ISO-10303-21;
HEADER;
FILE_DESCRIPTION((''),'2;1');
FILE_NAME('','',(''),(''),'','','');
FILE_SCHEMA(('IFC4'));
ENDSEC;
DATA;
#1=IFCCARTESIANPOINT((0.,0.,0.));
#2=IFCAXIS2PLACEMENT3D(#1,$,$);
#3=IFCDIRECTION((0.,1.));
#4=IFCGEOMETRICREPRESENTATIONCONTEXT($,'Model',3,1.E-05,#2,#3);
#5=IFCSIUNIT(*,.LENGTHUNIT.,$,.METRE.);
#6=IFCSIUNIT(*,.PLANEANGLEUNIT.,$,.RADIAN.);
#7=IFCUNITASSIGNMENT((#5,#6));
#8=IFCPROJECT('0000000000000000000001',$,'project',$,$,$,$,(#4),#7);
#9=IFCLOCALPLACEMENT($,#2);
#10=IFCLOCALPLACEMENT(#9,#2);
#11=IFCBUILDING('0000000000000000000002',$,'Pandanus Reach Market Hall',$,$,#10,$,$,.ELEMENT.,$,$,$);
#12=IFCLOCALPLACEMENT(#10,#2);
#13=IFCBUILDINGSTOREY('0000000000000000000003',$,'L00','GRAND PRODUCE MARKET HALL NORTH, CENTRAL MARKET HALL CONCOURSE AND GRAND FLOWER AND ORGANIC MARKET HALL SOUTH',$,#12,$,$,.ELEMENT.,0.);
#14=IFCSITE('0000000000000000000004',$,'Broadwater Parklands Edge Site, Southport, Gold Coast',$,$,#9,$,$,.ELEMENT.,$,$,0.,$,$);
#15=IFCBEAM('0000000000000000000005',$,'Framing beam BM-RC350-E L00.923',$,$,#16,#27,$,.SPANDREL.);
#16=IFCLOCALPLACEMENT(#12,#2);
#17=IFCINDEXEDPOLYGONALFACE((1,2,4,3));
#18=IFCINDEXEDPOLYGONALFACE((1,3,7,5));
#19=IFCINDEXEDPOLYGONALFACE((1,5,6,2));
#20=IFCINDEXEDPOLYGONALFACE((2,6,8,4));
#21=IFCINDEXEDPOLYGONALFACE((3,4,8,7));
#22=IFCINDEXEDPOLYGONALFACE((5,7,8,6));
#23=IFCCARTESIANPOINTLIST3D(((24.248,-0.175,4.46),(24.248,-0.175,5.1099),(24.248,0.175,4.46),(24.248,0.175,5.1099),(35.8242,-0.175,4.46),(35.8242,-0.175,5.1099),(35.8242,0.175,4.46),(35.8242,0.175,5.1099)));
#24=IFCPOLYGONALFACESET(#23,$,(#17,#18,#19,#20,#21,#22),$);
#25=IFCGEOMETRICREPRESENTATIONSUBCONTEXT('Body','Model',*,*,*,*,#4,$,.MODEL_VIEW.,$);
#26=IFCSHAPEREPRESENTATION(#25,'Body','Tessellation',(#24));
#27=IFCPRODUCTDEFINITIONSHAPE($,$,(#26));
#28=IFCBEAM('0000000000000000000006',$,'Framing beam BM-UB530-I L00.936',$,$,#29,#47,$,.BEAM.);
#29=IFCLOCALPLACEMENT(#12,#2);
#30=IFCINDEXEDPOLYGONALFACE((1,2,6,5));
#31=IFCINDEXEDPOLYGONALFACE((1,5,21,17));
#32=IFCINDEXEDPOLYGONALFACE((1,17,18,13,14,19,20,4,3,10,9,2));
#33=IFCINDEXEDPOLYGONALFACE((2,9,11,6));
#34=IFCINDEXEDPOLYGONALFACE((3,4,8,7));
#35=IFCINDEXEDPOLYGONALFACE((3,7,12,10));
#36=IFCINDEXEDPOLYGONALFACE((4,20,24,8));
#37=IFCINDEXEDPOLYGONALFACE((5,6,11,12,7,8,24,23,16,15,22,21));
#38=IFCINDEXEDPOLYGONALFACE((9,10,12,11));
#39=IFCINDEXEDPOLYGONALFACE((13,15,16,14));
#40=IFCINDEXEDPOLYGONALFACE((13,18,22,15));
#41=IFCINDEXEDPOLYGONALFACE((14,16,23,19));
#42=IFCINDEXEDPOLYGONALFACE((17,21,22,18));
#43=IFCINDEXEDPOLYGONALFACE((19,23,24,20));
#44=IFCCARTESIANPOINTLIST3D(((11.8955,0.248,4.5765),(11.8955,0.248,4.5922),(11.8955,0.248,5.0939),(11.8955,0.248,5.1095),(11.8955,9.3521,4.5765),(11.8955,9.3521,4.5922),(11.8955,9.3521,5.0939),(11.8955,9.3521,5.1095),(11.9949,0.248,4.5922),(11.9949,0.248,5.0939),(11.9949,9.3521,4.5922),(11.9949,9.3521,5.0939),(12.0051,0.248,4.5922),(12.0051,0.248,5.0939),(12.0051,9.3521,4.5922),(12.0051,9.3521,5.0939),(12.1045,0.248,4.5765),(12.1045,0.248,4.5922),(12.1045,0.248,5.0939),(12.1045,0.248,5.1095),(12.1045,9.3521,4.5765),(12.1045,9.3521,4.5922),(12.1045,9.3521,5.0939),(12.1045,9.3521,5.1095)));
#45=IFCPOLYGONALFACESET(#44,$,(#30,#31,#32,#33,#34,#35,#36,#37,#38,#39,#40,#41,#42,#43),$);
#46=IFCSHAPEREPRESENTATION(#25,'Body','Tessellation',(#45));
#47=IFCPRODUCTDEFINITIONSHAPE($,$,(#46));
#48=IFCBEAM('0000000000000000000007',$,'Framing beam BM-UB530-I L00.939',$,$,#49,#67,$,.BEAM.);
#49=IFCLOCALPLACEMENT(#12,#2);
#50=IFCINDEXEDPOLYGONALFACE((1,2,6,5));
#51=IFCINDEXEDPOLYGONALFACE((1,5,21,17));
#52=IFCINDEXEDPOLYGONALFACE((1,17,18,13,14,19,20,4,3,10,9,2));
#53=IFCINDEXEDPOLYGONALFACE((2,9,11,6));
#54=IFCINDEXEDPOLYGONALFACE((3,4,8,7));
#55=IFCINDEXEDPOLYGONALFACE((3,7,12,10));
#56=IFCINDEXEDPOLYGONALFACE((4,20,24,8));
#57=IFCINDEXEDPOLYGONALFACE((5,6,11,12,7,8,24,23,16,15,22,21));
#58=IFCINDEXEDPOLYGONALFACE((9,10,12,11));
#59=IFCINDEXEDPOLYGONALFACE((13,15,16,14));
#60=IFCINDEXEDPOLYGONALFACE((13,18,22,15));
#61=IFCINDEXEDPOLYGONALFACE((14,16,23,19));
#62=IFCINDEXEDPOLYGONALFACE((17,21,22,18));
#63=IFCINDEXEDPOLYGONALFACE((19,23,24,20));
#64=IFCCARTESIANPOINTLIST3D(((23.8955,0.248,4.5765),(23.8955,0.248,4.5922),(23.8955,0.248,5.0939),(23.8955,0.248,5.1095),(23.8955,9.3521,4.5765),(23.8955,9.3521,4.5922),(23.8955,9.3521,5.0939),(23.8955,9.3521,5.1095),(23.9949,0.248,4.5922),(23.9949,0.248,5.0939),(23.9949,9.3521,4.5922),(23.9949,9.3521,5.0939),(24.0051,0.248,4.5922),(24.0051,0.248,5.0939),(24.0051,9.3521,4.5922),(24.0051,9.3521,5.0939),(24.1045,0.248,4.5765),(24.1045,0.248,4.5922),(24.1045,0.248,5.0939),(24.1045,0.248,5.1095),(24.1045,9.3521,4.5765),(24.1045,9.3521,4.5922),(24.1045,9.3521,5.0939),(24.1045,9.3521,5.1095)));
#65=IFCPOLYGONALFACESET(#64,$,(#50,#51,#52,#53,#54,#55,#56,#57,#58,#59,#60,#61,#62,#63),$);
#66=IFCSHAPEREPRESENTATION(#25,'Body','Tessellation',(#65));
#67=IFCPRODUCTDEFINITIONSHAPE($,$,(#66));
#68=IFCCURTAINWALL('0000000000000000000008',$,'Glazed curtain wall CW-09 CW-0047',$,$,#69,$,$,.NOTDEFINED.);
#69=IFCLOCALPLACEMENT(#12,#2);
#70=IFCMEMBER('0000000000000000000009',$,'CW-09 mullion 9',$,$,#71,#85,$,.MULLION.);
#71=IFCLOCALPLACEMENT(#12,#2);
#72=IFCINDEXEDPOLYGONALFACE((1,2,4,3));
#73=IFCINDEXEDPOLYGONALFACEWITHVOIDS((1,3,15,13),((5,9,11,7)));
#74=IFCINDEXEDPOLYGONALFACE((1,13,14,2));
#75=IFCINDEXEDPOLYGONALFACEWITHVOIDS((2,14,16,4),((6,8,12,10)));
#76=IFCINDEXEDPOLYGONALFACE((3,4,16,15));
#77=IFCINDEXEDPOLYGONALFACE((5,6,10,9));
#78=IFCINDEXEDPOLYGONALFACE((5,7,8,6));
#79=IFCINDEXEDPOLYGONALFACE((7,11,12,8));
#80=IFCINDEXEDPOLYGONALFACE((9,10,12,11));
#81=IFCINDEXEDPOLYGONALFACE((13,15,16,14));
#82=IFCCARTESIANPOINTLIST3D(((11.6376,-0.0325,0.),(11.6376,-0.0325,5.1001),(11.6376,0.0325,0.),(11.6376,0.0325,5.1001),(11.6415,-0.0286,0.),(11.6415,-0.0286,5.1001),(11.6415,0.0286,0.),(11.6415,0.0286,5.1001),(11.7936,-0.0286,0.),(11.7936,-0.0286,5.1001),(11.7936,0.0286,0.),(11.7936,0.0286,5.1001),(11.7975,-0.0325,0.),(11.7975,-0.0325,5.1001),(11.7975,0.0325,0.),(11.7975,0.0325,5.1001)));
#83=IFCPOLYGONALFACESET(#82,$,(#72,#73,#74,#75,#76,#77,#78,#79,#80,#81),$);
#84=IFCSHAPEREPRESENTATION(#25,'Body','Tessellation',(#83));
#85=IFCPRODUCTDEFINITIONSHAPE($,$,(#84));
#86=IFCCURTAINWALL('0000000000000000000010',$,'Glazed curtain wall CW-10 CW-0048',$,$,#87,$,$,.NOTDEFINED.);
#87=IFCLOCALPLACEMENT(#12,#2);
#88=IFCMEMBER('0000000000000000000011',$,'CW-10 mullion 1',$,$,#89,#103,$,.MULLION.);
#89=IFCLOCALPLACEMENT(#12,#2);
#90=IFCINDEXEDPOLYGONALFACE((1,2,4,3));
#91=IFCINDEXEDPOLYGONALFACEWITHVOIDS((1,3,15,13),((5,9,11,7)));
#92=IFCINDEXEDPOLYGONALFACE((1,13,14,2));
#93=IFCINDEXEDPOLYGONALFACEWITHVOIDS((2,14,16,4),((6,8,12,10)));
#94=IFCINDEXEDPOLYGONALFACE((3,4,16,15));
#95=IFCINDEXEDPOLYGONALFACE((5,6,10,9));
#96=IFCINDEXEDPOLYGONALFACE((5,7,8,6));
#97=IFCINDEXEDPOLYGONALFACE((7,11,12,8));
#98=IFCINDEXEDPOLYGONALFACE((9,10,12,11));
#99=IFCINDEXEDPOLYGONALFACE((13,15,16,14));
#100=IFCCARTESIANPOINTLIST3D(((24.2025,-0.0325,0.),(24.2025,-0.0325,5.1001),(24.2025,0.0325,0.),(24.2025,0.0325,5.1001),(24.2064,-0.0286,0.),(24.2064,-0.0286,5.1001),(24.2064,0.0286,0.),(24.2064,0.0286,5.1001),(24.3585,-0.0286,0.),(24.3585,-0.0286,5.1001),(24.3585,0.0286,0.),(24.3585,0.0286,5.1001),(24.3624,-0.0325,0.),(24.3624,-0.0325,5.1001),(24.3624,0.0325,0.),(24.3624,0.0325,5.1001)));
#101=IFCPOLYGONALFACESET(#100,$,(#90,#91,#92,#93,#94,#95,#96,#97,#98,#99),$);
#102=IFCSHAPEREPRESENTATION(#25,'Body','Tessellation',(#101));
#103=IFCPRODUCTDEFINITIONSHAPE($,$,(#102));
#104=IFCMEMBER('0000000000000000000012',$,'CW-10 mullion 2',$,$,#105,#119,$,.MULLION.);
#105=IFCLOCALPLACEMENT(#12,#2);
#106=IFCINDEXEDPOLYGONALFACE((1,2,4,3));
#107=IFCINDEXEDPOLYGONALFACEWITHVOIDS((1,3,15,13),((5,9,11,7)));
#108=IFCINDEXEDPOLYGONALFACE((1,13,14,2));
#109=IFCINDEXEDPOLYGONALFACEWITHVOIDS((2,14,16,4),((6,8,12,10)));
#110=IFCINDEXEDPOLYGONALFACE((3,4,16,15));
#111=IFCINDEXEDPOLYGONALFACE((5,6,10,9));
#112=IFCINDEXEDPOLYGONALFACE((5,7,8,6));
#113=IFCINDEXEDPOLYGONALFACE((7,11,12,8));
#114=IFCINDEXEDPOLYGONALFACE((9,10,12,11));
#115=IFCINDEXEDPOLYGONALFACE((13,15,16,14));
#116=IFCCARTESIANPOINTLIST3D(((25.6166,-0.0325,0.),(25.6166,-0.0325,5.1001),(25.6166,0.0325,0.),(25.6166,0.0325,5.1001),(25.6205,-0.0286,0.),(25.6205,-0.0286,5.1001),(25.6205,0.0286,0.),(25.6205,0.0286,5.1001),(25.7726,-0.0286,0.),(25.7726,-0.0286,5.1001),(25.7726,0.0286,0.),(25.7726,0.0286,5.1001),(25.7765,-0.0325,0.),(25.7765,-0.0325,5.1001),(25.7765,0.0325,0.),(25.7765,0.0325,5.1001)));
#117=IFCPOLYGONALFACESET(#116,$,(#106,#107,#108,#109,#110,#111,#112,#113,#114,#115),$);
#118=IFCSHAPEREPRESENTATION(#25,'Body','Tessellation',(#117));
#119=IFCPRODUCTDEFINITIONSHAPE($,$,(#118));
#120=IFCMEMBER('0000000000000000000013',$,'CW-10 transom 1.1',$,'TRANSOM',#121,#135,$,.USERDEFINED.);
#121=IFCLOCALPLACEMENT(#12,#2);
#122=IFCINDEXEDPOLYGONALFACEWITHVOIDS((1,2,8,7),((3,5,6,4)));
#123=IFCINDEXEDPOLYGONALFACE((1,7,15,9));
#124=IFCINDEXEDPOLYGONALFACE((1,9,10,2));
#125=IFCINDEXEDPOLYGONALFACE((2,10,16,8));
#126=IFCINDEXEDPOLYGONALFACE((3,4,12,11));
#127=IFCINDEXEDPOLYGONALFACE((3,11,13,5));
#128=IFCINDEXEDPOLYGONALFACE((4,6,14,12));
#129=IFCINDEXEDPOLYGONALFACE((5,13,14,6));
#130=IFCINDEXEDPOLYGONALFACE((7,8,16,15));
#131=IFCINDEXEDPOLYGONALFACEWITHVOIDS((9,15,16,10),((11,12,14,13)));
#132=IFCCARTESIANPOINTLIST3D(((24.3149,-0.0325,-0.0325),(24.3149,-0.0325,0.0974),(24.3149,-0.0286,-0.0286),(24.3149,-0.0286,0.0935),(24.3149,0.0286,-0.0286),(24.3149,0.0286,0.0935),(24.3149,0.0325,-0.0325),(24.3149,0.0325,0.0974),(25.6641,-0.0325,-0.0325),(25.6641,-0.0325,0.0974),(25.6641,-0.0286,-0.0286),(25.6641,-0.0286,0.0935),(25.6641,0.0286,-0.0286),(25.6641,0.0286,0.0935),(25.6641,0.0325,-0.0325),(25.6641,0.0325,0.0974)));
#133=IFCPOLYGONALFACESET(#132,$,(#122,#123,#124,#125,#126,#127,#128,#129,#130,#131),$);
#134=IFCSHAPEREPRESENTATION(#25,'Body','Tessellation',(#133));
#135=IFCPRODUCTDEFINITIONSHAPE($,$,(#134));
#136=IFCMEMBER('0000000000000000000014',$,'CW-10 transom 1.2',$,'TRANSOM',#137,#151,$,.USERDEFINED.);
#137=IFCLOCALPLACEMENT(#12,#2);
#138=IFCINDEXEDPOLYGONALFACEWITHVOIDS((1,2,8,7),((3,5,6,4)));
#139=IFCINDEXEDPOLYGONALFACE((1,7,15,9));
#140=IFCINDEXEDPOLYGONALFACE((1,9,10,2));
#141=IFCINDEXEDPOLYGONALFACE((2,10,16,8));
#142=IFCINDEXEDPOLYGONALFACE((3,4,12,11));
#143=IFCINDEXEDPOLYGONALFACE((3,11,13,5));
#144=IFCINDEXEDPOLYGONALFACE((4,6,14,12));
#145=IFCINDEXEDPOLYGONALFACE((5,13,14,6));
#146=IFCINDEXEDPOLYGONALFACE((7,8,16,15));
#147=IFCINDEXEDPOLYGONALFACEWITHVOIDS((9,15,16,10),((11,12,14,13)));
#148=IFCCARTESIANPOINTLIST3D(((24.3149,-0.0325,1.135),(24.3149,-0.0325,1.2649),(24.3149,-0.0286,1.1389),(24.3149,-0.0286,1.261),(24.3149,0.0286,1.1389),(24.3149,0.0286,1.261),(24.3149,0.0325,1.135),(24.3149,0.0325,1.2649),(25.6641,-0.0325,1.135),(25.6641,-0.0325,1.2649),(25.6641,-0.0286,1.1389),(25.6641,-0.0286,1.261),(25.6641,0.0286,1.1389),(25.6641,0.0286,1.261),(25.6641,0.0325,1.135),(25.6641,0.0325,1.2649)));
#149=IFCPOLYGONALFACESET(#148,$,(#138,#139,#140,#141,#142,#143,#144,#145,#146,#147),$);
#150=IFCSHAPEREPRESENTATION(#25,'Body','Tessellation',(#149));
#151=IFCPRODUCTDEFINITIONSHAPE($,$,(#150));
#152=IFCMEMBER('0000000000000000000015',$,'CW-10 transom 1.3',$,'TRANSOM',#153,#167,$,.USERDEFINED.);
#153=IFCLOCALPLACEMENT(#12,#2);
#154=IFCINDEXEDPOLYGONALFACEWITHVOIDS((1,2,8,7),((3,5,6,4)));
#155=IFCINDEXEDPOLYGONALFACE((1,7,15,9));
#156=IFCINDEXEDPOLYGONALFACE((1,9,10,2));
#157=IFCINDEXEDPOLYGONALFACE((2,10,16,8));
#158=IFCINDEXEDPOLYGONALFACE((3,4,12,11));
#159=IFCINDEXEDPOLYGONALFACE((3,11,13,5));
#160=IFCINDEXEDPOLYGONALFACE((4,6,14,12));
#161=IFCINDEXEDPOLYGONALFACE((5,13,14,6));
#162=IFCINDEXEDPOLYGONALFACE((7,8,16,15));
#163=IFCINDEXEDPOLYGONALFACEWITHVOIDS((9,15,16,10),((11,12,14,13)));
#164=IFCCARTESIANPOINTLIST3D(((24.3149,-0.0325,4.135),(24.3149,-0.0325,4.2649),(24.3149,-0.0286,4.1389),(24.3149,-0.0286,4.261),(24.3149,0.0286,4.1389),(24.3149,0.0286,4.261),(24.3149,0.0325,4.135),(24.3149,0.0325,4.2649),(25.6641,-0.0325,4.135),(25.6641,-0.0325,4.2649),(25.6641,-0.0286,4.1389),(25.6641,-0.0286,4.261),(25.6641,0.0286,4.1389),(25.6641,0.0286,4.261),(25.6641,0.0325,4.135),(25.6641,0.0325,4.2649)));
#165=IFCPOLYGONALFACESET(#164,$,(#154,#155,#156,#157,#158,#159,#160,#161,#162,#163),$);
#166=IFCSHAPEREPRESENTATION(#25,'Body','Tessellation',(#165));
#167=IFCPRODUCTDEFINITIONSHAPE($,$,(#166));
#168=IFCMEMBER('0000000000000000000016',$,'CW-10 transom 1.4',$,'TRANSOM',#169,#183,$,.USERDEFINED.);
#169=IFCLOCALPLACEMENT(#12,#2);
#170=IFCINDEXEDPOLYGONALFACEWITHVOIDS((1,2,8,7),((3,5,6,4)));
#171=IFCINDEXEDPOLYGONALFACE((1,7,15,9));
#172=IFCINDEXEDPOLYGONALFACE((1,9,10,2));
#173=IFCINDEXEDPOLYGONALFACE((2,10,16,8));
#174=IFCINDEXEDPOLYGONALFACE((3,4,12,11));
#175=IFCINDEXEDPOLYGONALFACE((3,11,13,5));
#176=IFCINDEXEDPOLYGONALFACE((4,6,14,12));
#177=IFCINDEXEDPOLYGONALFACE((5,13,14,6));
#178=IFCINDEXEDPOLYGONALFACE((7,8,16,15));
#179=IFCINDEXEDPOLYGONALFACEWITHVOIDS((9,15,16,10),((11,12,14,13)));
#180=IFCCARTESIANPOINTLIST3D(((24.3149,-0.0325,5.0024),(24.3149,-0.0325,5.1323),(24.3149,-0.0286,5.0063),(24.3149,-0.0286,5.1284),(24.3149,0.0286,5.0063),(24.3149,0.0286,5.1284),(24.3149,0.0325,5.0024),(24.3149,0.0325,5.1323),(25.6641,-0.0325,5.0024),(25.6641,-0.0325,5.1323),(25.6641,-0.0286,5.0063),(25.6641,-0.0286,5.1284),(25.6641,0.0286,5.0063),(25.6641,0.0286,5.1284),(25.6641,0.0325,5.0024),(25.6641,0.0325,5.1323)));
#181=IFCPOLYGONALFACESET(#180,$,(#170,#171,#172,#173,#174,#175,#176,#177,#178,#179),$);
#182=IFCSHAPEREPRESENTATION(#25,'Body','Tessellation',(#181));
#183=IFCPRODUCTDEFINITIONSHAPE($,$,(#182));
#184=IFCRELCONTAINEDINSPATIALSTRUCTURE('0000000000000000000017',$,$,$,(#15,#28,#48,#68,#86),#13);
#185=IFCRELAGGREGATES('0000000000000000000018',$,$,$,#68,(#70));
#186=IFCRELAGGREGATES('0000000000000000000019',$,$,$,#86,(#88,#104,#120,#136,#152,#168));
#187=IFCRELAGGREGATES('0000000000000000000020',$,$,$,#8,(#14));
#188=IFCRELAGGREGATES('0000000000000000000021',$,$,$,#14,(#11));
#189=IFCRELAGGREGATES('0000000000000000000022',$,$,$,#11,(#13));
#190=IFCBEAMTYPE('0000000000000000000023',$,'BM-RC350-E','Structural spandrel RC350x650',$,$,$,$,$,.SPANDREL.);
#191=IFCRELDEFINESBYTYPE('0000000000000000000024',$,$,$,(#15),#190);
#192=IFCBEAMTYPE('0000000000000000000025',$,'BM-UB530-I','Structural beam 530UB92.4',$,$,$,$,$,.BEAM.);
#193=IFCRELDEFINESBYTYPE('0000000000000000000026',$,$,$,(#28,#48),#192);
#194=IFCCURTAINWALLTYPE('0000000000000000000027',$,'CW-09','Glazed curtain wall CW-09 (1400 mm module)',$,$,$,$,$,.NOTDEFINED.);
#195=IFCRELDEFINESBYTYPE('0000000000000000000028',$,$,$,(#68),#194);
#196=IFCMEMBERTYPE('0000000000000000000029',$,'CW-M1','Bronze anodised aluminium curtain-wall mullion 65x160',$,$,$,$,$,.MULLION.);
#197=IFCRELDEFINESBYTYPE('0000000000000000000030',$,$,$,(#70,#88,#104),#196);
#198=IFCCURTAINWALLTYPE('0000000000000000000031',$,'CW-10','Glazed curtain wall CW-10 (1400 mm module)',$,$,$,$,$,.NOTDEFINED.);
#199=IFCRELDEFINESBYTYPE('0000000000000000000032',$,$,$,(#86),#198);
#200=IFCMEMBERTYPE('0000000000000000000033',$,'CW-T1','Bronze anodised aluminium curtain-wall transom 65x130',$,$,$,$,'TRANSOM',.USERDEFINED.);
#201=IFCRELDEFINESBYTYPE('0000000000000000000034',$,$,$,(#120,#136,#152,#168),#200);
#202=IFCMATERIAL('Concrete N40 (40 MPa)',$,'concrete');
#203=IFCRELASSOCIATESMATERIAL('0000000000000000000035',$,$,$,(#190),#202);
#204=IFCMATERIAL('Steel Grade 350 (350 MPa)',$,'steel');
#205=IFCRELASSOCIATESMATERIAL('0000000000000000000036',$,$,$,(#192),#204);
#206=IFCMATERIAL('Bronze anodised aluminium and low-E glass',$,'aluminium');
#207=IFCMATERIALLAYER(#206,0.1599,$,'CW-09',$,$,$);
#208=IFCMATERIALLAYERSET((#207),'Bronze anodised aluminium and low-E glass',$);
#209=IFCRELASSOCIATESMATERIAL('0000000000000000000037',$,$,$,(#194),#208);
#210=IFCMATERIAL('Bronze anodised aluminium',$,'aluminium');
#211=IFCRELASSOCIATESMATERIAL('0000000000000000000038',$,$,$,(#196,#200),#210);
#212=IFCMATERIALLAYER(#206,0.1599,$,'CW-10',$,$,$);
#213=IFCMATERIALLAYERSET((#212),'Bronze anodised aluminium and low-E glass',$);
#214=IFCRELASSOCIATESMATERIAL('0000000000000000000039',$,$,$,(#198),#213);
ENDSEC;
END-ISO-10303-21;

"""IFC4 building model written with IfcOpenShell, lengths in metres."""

from ifc_helpers import new_model, si_unit, direction, frame, origin, origin_2d, place, context, subcontext, project, spatial, rectangle, hollow_rectangle, i_section, extrude, material, layer, layer_set, material_profile, profile_set, type_object, element, aggregate, save


model = new_model("IFC4")

# Units and contexts
model_context = context("Model", 3, precision=1e-05, world=origin(), true_north=direction((0.0, 1.0)))
body_context = subcontext(model_context, "Body", "Model", "MODEL_VIEW")
ifc_project = project(units=[si_unit("LENGTHUNIT", "METRE"), si_unit("PLANEANGLEUNIT", "RADIAN")], contexts=[model_context])

# Site, building, storey
site_placement = place(None, origin())
site = spatial("IfcSite", under=ifc_project, at=site_placement, Name="Broadwater Parklands Edge Site, Southport, Gold Coast", CompositionType="ELEMENT", RefElevation=0.0)
building_placement = place(site_placement, origin())
building = spatial("IfcBuilding", under=site, at=building_placement, Name="Pandanus Reach Market Hall", CompositionType="ELEMENT")
storey_placement = place(building_placement, origin())
storey = spatial("IfcBuildingStorey", under=building, at=storey_placement, Name="L00", Description="GRAND PRODUCE MARKET HALL NORTH, CENTRAL MARKET HALL CONCOURSE AND GRAND FLOWER AND ORGANIC MARKET HALL SOUTH", CompositionType="ELEMENT", Elevation=0.0)

# Shared definitions
ifc_material_1 = material(Name="Concrete N40 (40 MPa)", Category="concrete")

# Beams
ifc_material_profile_1 = material_profile(ifc_material_1, rectangle(XDim=0.3501, YDim=0.6499, at=origin_2d()), Name="RC350x650", Category="LoadBearing")
ifc_profile_set_1 = profile_set([ifc_material_profile_1], Name="Concrete N40 (40 MPa)")
beam_type_1 = type_object("IfcBeamType", Name="BM-RC350-E", Description="Structural spandrel RC350x650", PredefinedType="SPANDREL", material=ifc_profile_set_1)
beam_1_placement = place(storey_placement, frame((24.248, 0.0, 4.7849), z_axis=(1.0, 0.0, 0.0), x_axis=(0.0, 1.0, 0.0)))
element("IfcBeam", 1, at=beam_1_placement, inside=storey, type_object=beam_type_1, Name="Framing beam BM-RC350-E L00.923", PredefinedType="SPANDREL", context=body_context, shape_type="SweptSolid", body=[
    extrude(rectangle(XDim=0.3501, YDim=0.6499, at=origin_2d()), origin(), (0.0, 0.0, 1.0), 11.5762),
])
ifc_material_2 = material(Name="Steel Grade 350 (350 MPa)", Category="steel")
ifc_material_profile_2 = material_profile(ifc_material_2, i_section(OverallWidth=0.209, OverallDepth=0.533, WebThickness=0.0103, FlangeThickness=0.0156, at=origin_2d()), Name="530UB92.4", Category="LoadBearing")
ifc_profile_set_2 = profile_set([ifc_material_profile_2], Name="Steel Grade 350 (350 MPa)")
beam_type_2 = type_object("IfcBeamType", Name="BM-UB530-I", Description="Structural beam 530UB92.4", PredefinedType="BEAM", material=ifc_profile_set_2)
for number, where, z_axis, x_axis, name in (
    (2, (12.0, 0.248, 4.843), (0.0, 1.0, 0.0), (-1.0, 0.0, 0.0), "Framing beam BM-UB530-I L00.936"),
    (3, (24.0, 0.248, 4.843), (0.0, 1.0, 0.0), (-1.0, 0.0, 0.0), "Framing beam BM-UB530-I L00.939"),
):
    element("IfcBeam", number, at=place(storey_placement, frame(where, z_axis=z_axis, x_axis=x_axis)), inside=storey, type_object=beam_type_2, Name=name, PredefinedType="BEAM", context=body_context, shape_type="SweptSolid", body=[
        extrude(i_section(OverallWidth=0.209, OverallDepth=0.533, WebThickness=0.0103, FlangeThickness=0.0156, at=origin_2d()), origin(), (0.0, 0.0, 1.0), 9.104),
    ])

# Curtain wall, member
ifc_material_3 = material(Name="Bronze anodised aluminium and low-E glass", Category="aluminium")
ifc_layer_1 = layer(ifc_material_3, 0.1599, Name="CW-09")
ifc_layer_set_1 = layer_set([ifc_layer_1], Name="Bronze anodised aluminium and low-E glass")
curtain_wall_type_1 = type_object("IfcCurtainWallType", Name="CW-09", Description="Glazed curtain wall CW-09 (1400 mm module)", PredefinedType="NOTDEFINED", material=ifc_layer_set_1)
curtain_wall_1_placement = place(storey_placement, origin())
curtain_wall_1 = element("IfcCurtainWall", 4, at=curtain_wall_1_placement, inside=storey, type_object=curtain_wall_type_1, Name="Glazed curtain wall CW-09 CW-0047", PredefinedType="NOTDEFINED")
ifc_material_4 = material(Name="Bronze anodised aluminium", Category="aluminium")
ifc_material_profile_3 = material_profile(ifc_material_4, hollow_rectangle(XDim=0.0649, YDim=0.1599, WallThickness=0.0039, at=origin_2d()), Name="ALU65x160", Category="LoadBearing")
ifc_profile_set_3 = profile_set([ifc_material_profile_3], Name="Bronze anodised aluminium")
member_type_1 = type_object("IfcMemberType", Name="CW-M1", Description="Bronze anodised aluminium curtain-wall mullion 65x160", PredefinedType="MULLION", material=ifc_profile_set_3)
member_1_placement = place(storey_placement, frame((11.7175, 0.0, 0.0), z_axis=(0.0, 0.0, 1.0), x_axis=(0.0, 1.0, 0.0)))
member_1 = element("IfcMember", 5, at=member_1_placement, type_object=member_type_1, Name="CW-09 mullion 9", PredefinedType="MULLION", context=body_context, shape_type="SweptSolid", body=[
    extrude(hollow_rectangle(XDim=0.0649, YDim=0.1599, WallThickness=0.0039, at=origin_2d()), origin(), (0.0, 0.0, 1.0), 5.1001),
])
aggregate(curtain_wall_1, [member_1])

# Curtain wall, members
ifc_layer_2 = layer(ifc_material_3, 0.1599, Name="CW-10")
ifc_layer_set_2 = layer_set([ifc_layer_2], Name="Bronze anodised aluminium and low-E glass")
curtain_wall_type_2 = type_object("IfcCurtainWallType", Name="CW-10", Description="Glazed curtain wall CW-10 (1400 mm module)", PredefinedType="NOTDEFINED", material=ifc_layer_set_2)
curtain_wall_2_placement = place(storey_placement, origin())
curtain_wall_2 = element("IfcCurtainWall", 6, at=curtain_wall_2_placement, inside=storey, type_object=curtain_wall_type_2, Name="Glazed curtain wall CW-10 CW-0048", PredefinedType="NOTDEFINED")
member_2_placement = place(storey_placement, frame((24.2825, 0.0, 0.0), z_axis=(0.0, 0.0, 1.0), x_axis=(0.0, 1.0, 0.0)))
member_2 = element("IfcMember", 7, at=member_2_placement, type_object=member_type_1, Name="CW-10 mullion 1", PredefinedType="MULLION", context=body_context, shape_type="SweptSolid", body=[
    extrude(hollow_rectangle(XDim=0.0649, YDim=0.1599, WallThickness=0.0039, at=origin_2d()), origin(), (0.0, 0.0, 1.0), 5.1001),
])
member_3_placement = place(storey_placement, frame((25.6965, 0.0, 0.0), z_axis=(0.0, 0.0, 1.0), x_axis=(0.0, 1.0, 0.0)))
member_3 = element("IfcMember", 8, at=member_3_placement, type_object=member_type_1, Name="CW-10 mullion 2", PredefinedType="MULLION", context=body_context, shape_type="SweptSolid", body=[
    extrude(hollow_rectangle(XDim=0.0649, YDim=0.1599, WallThickness=0.0039, at=origin_2d()), origin(), (0.0, 0.0, 1.0), 5.1001),
])
ifc_material_profile_4 = material_profile(ifc_material_4, hollow_rectangle(XDim=0.0649, YDim=0.1299, WallThickness=0.0039, at=origin_2d()), Name="ALU65x130", Category="LoadBearing")
ifc_profile_set_4 = profile_set([ifc_material_profile_4], Name="Bronze anodised aluminium")
member_type_2 = type_object("IfcMemberType", Name="CW-T1", Description="Bronze anodised aluminium curtain-wall transom 65x130", ElementType="TRANSOM", PredefinedType="USERDEFINED", material=ifc_profile_set_4)
member_4_placement = place(storey_placement, frame((24.3149, 0.0, 0.0325), z_axis=(1.0, 0.0, 0.0), x_axis=(0.0, 1.0, 0.0)))
member_4 = element("IfcMember", 9, at=member_4_placement, type_object=member_type_2, Name="CW-10 transom 1.1", ObjectType="TRANSOM", PredefinedType="USERDEFINED", context=body_context, shape_type="SweptSolid", body=[
    extrude(hollow_rectangle(XDim=0.0649, YDim=0.1299, WallThickness=0.0039, at=origin_2d()), origin(), (0.0, 0.0, 1.0), 1.3491),
])
member_5_placement = place(storey_placement, frame((24.3149, 0.0, 1.2), z_axis=(1.0, 0.0, 0.0), x_axis=(0.0, 1.0, 0.0)))
member_5 = element("IfcMember", 10, at=member_5_placement, type_object=member_type_2, Name="CW-10 transom 1.2", ObjectType="TRANSOM", PredefinedType="USERDEFINED", context=body_context, shape_type="SweptSolid", body=[
    extrude(hollow_rectangle(XDim=0.0649, YDim=0.1299, WallThickness=0.0039, at=origin_2d()), origin(), (0.0, 0.0, 1.0), 1.3491),
])
member_6_placement = place(storey_placement, frame((24.3149, 0.0, 4.2), z_axis=(1.0, 0.0, 0.0), x_axis=(0.0, 1.0, 0.0)))
member_6 = element("IfcMember", 11, at=member_6_placement, type_object=member_type_2, Name="CW-10 transom 1.3", ObjectType="TRANSOM", PredefinedType="USERDEFINED", context=body_context, shape_type="SweptSolid", body=[
    extrude(hollow_rectangle(XDim=0.0649, YDim=0.1299, WallThickness=0.0039, at=origin_2d()), origin(), (0.0, 0.0, 1.0), 1.3491),
])
member_7_placement = place(storey_placement, frame((24.3149, 0.0, 5.0674), z_axis=(1.0, 0.0, 0.0), x_axis=(0.0, 1.0, 0.0)))
member_7 = element("IfcMember", 12, at=member_7_placement, type_object=member_type_2, Name="CW-10 transom 1.4", ObjectType="TRANSOM", PredefinedType="USERDEFINED", context=body_context, shape_type="SweptSolid", body=[
    extrude(hollow_rectangle(XDim=0.0649, YDim=0.1299, WallThickness=0.0039, at=origin_2d()), origin(), (0.0, 0.0, 1.0), 1.3491),
])

aggregate(curtain_wall_2, [member_2, member_3, member_4, member_5, member_6, member_7])

save(model, "model.ifc")
